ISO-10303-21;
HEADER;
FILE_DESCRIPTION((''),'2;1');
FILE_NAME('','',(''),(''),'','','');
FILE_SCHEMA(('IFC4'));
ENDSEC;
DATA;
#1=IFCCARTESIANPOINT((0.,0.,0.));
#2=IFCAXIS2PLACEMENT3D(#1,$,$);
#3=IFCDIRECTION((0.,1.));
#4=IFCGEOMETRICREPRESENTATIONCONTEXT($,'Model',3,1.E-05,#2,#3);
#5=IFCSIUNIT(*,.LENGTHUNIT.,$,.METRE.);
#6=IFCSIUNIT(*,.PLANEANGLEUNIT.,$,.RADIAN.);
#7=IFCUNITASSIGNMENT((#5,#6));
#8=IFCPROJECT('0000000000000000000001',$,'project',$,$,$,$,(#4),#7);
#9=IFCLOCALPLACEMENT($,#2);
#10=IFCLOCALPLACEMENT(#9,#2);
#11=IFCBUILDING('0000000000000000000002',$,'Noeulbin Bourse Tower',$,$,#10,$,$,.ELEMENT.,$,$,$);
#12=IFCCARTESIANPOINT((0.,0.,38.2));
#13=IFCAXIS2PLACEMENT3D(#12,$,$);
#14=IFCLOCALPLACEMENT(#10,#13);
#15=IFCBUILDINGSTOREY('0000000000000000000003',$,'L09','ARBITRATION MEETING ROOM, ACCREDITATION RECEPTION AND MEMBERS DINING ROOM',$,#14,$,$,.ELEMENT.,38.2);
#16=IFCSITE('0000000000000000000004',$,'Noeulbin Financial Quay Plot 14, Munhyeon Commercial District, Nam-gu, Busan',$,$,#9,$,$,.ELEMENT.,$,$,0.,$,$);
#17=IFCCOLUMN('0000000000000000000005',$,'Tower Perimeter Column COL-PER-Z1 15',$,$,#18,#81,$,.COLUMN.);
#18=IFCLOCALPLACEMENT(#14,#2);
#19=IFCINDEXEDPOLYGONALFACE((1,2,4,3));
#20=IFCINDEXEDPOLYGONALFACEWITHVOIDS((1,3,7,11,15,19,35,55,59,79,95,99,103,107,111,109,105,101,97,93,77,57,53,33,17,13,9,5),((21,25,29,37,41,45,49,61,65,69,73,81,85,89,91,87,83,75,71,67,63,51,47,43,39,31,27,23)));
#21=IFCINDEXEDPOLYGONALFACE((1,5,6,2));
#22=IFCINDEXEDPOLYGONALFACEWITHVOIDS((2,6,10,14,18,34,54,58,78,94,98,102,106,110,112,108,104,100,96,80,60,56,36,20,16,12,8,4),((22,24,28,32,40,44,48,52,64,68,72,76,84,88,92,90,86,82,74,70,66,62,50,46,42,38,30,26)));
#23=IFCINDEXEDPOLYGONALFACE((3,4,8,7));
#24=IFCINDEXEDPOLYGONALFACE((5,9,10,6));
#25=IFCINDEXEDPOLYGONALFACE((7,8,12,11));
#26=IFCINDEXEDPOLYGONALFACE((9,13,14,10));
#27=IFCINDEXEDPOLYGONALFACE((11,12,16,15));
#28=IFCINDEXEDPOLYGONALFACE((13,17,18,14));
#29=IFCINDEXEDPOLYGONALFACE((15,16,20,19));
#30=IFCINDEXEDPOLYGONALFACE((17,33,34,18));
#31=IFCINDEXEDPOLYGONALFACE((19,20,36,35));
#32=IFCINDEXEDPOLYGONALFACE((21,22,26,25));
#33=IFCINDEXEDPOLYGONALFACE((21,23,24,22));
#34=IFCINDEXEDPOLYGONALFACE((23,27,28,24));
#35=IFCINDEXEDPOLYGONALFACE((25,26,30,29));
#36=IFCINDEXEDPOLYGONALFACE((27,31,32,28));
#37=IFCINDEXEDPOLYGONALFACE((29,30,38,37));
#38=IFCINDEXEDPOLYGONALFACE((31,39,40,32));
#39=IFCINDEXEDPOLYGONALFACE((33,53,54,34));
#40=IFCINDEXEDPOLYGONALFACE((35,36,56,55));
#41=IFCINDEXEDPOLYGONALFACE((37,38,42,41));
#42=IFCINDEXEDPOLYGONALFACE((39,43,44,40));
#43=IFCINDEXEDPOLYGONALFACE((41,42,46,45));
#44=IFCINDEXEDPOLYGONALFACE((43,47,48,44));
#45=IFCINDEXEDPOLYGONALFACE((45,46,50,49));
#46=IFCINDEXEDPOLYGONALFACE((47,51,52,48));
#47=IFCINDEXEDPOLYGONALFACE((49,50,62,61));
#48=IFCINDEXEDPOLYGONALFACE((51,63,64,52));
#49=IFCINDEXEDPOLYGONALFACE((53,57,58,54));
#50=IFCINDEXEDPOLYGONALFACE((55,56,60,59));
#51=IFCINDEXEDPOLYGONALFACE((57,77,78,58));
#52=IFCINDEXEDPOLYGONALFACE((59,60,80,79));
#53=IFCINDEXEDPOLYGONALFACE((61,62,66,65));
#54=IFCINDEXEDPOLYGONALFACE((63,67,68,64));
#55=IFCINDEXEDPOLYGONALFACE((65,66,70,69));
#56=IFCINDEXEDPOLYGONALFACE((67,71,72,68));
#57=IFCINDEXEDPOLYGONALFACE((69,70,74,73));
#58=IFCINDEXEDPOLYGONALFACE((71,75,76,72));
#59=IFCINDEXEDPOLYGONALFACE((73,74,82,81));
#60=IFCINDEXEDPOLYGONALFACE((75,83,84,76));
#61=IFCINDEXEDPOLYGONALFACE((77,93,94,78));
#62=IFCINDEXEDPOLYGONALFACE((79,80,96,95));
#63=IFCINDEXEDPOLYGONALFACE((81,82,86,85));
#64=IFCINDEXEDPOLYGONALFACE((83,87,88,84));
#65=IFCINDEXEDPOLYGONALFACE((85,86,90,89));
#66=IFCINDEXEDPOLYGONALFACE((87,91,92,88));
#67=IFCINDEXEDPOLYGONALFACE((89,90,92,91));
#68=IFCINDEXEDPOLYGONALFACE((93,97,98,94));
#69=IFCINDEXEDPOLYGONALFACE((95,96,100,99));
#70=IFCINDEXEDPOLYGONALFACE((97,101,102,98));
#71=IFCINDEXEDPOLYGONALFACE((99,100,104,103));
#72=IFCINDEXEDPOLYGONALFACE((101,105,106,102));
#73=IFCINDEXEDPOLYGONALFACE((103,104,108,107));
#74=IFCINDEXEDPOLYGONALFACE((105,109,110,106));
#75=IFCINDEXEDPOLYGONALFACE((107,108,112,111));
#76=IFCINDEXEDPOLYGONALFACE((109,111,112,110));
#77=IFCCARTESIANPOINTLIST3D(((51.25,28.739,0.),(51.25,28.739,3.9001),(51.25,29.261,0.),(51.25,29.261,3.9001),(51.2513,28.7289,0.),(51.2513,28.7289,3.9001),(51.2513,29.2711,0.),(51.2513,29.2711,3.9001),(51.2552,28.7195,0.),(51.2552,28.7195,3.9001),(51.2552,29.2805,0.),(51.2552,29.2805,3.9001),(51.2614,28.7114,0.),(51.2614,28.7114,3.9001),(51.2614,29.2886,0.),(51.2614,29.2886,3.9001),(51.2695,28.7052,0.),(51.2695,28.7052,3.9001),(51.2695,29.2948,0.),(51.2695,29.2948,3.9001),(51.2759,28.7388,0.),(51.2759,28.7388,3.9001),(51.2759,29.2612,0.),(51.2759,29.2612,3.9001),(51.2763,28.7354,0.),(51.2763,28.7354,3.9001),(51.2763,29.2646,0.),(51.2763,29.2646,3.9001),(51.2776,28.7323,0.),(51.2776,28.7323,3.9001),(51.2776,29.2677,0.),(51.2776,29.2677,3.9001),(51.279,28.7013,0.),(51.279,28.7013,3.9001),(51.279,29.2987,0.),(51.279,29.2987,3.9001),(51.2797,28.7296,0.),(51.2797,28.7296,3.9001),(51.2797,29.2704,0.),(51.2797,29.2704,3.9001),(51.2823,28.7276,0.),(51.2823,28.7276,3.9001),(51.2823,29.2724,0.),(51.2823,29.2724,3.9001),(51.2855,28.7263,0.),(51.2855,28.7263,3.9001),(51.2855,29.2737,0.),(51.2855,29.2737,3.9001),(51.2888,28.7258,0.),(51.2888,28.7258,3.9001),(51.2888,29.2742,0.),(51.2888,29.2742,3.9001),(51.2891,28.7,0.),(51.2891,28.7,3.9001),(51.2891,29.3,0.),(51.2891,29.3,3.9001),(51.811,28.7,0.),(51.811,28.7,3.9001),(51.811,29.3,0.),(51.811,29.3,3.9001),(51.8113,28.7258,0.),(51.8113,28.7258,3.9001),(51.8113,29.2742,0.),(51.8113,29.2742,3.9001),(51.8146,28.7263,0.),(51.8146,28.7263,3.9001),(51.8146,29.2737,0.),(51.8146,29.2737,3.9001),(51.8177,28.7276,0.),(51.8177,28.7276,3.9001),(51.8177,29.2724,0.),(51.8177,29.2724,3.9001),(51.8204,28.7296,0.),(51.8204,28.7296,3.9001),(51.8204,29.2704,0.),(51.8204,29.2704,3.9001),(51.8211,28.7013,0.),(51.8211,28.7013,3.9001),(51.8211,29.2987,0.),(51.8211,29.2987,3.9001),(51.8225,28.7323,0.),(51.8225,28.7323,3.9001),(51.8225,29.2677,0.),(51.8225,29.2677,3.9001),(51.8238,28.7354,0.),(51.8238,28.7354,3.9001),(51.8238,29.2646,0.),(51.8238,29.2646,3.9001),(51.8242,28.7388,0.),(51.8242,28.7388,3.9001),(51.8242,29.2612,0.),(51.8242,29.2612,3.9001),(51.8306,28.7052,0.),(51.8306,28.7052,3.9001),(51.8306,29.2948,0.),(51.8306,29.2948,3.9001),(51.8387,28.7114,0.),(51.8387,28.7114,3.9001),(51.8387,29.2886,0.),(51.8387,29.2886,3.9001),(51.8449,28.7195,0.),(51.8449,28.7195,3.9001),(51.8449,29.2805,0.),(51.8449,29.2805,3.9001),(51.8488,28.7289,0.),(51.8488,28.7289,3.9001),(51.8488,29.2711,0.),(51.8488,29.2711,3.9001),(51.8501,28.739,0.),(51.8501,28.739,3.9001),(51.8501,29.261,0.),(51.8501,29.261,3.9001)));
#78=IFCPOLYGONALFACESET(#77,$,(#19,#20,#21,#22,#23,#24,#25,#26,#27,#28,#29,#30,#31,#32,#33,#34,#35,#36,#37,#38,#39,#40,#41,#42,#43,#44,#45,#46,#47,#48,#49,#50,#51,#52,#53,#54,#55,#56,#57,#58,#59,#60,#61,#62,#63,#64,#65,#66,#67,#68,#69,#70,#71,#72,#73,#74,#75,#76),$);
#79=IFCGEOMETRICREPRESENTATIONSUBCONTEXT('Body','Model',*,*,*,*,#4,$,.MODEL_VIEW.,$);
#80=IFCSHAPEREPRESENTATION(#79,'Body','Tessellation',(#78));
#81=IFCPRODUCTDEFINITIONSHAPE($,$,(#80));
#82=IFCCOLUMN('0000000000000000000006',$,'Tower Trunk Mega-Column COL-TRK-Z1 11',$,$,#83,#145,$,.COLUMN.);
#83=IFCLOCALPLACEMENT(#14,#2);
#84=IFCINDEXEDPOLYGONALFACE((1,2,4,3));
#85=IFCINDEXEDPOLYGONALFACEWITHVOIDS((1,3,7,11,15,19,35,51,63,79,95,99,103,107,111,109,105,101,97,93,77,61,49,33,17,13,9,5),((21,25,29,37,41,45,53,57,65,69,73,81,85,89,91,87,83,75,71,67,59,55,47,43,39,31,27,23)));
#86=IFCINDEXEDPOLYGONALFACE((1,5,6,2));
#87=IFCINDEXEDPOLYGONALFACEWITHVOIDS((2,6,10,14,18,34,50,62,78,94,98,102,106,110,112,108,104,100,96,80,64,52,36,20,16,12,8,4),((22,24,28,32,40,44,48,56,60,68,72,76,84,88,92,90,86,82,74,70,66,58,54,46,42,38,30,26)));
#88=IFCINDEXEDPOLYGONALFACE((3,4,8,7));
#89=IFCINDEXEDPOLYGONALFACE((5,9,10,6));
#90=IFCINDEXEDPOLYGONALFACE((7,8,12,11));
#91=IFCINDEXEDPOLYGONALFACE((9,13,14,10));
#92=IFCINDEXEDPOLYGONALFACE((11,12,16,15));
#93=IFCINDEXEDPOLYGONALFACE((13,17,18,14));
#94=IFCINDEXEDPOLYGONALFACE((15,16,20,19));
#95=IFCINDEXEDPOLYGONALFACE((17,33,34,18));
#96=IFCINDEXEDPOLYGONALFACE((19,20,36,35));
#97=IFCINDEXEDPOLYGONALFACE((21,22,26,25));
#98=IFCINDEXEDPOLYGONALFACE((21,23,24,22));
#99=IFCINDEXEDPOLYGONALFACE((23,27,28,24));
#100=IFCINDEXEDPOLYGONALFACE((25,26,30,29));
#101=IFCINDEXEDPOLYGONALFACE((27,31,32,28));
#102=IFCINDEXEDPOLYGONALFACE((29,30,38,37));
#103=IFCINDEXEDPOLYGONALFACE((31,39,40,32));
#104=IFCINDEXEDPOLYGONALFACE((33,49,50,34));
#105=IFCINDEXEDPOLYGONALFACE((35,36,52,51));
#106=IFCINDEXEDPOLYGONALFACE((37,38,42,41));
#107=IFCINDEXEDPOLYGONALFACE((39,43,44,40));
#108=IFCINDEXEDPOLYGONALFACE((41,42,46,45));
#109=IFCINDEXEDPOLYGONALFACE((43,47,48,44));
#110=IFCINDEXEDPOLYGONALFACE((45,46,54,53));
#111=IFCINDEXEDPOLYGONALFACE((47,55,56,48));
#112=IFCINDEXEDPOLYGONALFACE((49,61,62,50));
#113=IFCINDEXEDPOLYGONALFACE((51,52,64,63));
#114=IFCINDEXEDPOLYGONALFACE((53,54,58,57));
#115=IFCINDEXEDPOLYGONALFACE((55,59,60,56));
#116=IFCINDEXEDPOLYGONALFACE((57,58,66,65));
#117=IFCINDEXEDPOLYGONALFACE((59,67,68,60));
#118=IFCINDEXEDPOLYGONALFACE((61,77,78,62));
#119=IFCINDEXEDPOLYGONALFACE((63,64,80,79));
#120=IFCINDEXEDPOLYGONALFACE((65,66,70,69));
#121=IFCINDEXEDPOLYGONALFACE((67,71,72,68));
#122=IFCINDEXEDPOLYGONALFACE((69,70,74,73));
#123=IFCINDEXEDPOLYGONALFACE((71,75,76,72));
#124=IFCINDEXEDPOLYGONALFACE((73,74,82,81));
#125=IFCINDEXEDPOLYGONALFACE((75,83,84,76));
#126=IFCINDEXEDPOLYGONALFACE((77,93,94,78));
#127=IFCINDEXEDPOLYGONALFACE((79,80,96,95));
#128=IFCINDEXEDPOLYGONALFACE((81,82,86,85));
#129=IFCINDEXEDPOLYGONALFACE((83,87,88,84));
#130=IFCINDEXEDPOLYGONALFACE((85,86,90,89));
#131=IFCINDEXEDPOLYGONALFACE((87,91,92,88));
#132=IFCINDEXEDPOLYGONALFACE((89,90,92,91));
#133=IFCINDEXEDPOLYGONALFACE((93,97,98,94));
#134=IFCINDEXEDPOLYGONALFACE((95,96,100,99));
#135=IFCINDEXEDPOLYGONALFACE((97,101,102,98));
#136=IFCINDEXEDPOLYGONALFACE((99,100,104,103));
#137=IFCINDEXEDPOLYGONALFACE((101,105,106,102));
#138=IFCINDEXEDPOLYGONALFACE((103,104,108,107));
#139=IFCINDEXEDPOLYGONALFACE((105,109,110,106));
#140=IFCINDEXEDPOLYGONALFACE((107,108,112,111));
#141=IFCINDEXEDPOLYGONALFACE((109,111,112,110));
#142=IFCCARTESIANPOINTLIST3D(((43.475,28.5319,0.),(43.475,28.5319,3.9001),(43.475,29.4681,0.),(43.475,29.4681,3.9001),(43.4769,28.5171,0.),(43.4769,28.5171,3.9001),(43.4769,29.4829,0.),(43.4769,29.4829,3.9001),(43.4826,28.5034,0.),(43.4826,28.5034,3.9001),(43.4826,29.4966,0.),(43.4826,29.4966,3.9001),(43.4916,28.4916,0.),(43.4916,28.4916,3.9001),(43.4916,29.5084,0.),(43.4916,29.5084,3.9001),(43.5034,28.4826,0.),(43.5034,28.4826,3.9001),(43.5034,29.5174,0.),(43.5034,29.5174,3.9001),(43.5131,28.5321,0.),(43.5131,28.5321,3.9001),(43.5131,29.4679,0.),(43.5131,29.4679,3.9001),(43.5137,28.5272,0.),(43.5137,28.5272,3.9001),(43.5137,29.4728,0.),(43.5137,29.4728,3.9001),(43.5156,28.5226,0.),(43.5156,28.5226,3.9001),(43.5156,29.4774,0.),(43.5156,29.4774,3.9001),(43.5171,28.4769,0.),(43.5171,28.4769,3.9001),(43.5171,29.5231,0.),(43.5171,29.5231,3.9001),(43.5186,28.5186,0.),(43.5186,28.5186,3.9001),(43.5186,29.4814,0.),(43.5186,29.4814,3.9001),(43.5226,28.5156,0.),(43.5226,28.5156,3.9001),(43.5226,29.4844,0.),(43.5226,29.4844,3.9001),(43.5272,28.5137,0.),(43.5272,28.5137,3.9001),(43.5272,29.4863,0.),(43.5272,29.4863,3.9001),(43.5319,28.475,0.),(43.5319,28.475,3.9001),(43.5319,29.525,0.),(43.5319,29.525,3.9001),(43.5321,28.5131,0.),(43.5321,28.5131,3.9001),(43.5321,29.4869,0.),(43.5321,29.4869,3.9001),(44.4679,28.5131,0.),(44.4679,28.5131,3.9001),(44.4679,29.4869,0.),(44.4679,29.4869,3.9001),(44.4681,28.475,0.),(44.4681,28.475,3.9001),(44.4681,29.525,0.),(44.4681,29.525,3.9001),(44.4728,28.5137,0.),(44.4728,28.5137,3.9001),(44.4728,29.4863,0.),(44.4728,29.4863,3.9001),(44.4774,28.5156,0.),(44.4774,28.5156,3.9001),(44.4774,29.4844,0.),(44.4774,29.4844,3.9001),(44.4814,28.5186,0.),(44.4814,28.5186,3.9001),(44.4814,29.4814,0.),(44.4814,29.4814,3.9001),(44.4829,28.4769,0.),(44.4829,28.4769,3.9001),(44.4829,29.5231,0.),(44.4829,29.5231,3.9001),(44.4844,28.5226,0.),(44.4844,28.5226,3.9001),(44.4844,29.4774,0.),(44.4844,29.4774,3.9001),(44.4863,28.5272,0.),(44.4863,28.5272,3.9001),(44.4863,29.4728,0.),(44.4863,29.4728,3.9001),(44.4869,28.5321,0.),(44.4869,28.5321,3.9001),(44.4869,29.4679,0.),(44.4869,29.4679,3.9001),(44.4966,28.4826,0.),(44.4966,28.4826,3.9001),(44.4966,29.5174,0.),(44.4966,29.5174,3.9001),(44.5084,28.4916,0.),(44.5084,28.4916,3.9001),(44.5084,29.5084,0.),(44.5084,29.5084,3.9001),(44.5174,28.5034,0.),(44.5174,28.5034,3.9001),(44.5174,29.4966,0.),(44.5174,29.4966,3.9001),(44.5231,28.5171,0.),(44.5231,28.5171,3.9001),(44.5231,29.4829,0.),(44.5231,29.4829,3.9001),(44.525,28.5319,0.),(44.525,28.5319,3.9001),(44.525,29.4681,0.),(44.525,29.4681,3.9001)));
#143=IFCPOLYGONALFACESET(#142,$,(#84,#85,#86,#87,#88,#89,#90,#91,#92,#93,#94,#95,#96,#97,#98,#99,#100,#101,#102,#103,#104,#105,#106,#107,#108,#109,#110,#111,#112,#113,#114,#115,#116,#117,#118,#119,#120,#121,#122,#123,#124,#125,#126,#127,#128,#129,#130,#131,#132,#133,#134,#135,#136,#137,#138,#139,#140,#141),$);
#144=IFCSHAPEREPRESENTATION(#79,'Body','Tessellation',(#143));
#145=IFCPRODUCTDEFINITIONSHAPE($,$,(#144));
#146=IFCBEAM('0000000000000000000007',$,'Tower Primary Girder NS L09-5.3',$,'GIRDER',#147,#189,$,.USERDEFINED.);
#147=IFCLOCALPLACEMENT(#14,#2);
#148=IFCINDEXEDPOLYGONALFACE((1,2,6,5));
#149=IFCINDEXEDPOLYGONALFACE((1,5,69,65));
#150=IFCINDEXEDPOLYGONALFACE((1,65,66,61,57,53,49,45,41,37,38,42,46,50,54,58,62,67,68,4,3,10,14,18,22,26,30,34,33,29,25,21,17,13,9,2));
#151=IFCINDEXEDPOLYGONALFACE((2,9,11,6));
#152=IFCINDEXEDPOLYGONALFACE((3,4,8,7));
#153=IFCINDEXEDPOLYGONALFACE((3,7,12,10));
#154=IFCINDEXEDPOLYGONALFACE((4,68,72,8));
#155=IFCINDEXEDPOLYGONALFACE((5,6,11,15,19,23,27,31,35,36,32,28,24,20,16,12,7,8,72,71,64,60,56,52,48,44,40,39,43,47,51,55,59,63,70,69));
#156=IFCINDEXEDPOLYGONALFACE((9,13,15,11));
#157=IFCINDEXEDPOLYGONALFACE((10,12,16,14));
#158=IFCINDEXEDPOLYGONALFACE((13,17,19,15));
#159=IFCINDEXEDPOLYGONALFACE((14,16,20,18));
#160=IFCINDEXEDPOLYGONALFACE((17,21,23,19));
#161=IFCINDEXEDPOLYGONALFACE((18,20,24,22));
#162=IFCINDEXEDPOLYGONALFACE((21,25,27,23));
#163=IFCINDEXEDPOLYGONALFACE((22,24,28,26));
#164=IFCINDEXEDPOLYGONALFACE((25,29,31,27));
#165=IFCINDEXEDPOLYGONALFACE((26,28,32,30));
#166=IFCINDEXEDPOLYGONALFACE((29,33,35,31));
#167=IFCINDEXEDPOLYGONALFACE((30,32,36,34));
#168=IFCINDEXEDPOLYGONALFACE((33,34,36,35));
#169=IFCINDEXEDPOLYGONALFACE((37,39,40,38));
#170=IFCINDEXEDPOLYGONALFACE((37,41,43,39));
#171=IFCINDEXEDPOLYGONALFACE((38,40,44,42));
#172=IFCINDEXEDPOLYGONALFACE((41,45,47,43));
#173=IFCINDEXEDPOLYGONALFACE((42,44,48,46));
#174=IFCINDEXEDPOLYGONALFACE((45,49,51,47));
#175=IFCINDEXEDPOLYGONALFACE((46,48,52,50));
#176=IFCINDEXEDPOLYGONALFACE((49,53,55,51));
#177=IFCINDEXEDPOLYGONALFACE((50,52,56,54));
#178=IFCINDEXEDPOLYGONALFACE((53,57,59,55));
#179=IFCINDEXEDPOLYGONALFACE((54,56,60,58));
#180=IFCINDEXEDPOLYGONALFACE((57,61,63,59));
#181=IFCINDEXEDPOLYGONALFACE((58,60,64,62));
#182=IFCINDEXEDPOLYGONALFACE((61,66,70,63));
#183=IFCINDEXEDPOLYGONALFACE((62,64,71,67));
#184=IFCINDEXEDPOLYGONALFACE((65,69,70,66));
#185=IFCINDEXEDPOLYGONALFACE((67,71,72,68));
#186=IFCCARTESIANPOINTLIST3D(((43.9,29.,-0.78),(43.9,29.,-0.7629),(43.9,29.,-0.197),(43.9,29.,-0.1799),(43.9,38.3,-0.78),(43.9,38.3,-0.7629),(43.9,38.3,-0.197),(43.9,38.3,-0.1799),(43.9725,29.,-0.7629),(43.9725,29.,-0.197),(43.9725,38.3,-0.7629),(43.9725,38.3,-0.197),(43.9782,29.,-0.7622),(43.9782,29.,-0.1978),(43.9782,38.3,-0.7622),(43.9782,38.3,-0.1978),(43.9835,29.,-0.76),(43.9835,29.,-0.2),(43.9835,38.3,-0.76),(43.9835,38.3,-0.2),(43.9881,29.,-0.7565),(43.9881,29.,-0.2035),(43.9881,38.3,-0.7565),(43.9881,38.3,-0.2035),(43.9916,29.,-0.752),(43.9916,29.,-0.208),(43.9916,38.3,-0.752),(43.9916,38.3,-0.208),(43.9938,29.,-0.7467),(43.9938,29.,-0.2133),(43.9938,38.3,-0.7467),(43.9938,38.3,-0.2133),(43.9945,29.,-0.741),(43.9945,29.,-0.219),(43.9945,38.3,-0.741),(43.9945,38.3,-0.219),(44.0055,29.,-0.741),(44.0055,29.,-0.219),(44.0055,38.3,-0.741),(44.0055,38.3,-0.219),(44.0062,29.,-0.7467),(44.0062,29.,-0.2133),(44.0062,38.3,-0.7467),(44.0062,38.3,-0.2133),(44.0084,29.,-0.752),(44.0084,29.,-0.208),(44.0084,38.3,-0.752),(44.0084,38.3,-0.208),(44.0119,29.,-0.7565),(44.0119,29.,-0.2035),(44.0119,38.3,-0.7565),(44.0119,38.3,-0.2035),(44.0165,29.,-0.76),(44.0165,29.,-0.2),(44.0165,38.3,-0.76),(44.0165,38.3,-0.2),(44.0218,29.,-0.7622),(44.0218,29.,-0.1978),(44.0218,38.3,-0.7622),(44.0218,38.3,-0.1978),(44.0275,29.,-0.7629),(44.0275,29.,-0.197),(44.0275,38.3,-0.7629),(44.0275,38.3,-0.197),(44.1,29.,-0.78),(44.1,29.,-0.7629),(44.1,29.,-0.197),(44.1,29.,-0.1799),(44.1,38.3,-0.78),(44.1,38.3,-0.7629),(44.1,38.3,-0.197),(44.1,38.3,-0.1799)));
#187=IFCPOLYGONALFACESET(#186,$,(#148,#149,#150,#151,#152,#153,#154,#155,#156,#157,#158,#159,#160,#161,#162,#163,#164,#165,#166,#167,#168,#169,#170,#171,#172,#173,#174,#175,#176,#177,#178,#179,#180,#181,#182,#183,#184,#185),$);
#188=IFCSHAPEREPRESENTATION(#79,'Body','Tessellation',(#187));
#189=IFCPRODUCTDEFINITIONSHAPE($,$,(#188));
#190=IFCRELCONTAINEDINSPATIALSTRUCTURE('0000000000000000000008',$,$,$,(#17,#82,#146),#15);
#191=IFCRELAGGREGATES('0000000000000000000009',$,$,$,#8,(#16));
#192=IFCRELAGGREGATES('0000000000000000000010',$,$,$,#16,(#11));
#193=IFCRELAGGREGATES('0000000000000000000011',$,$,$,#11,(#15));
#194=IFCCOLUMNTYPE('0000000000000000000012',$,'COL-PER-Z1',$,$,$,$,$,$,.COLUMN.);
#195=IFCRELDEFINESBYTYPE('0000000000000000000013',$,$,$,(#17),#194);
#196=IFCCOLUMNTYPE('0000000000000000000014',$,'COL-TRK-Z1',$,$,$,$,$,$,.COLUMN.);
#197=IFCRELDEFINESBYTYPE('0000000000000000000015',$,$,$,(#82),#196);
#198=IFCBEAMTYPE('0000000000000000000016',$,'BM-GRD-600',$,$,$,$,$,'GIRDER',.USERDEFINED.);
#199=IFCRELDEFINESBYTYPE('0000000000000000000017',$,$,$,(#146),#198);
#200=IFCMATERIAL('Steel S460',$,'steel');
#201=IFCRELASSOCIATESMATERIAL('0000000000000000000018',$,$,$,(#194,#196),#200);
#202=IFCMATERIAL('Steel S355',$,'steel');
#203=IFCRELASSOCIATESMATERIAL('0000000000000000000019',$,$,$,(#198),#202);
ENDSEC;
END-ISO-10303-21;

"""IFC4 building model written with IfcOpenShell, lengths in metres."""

from ifc_helpers import new_model, si_unit, direction, frame, origin, origin_2d, place, context, subcontext, project, spatial, hollow_rectangle, i_section, extrude, material, material_profile, profile_set, type_object, element, save


model = new_model("IFC4")

# Units and contexts
model_context = context("Model", 3, precision=1e-05, world=origin(), true_north=direction((0.0, 1.0)))
body_context = subcontext(model_context, "Body", "Model", "MODEL_VIEW")
ifc_project = project(units=[si_unit("LENGTHUNIT", "METRE"), si_unit("PLANEANGLEUNIT", "RADIAN")], contexts=[model_context])

# Site, building, storey
site_placement = place(None, origin())
site = spatial("IfcSite", under=ifc_project, at=site_placement, Name="Noeulbin Financial Quay Plot 14, Munhyeon Commercial District, Nam-gu, Busan", CompositionType="ELEMENT", RefElevation=0.0)
building_placement = place(site_placement, origin())
building = spatial("IfcBuilding", under=site, at=building_placement, Name="Noeulbin Bourse Tower", CompositionType="ELEMENT")
storey_placement = place(building_placement, frame((0.0, 0.0, 38.2)))
storey = spatial("IfcBuildingStorey", under=building, at=storey_placement, Name="L09", Description="ARBITRATION MEETING ROOM, ACCREDITATION RECEPTION AND MEMBERS DINING ROOM", CompositionType="ELEMENT", Elevation=38.2)

# Columns
ifc_material_1 = material(Name="Steel S460", Category="steel")
ifc_material_profile_1 = material_profile(ifc_material_1, hollow_rectangle(XDim=0.6001, YDim=0.6001, WallThickness=0.0259, InnerFilletRadius=0.0129, OuterFilletRadius=0.0391, at=origin_2d()), Name="BOX-600x600x26", Category="LoadBearing")
ifc_profile_set_1 = profile_set([ifc_material_profile_1], Name="Steel S460")
column_type_1 = type_object("IfcColumnType", Name="COL-PER-Z1", PredefinedType="COLUMN", material=ifc_profile_set_1)
column_1_placement = place(storey_placement, frame((51.55, 29.0, 0.0), z_axis=(0.0, 0.0, 1.0), x_axis=(1.0, 0.0, 0.0)))
element("IfcColumn", 1, at=column_1_placement, inside=storey, type_object=column_type_1, Name="Tower Perimeter Column COL-PER-Z1 15", PredefinedType="COLUMN", context=body_context, shape_type="SweptSolid", body=[
    extrude(hollow_rectangle(XDim=0.6001, YDim=0.6001, WallThickness=0.0259, InnerFilletRadius=0.0129, OuterFilletRadius=0.0391, at=origin_2d()), origin(), (0.0, 0.0, 1.0), 3.9001),
])
ifc_material_profile_2 = material_profile(ifc_material_1, hollow_rectangle(XDim=1.05, YDim=1.05, WallThickness=0.0381, InnerFilletRadius=0.019, OuterFilletRadius=0.0569, at=origin_2d()), Name="BOX-1050x1050x38", Category="LoadBearing")
ifc_profile_set_2 = profile_set([ifc_material_profile_2], Name="Steel S460")
column_type_2 = type_object("IfcColumnType", Name="COL-TRK-Z1", PredefinedType="COLUMN", material=ifc_profile_set_2)
column_2_placement = place(storey_placement, frame((44.0, 29.0, 0.0), z_axis=(0.0, 0.0, 1.0), x_axis=(1.0, 0.0, 0.0)))
element("IfcColumn", 2, at=column_2_placement, inside=storey, type_object=column_type_2, Name="Tower Trunk Mega-Column COL-TRK-Z1 11", PredefinedType="COLUMN", context=body_context, shape_type="SweptSolid", body=[
    extrude(hollow_rectangle(XDim=1.05, YDim=1.05, WallThickness=0.0381, InnerFilletRadius=0.019, OuterFilletRadius=0.0569, at=origin_2d()), origin(), (0.0, 0.0, 1.0), 3.9001),
])

# Beam
ifc_material_2 = material(Name="Steel S355", Category="steel")
ifc_material_profile_3 = material_profile(ifc_material_2, i_section(OverallWidth=0.2, OverallDepth=0.6001, WebThickness=0.011, FlangeThickness=0.0171, FilletRadius=0.022, at=origin_2d()), Name="H-600x200x11x17", Category="LoadBearing")
ifc_profile_set_3 = profile_set([ifc_material_profile_3], Name="Steel S355")
beam_type_1 = type_object("IfcBeamType", Name="BM-GRD-600", ElementType="GIRDER", PredefinedType="USERDEFINED", material=ifc_profile_set_3)
beam_1_placement = place(storey_placement, frame((44.0, 29.0, -0.48), z_axis=(0.0, 1.0, 0.0), x_axis=(-1.0, 0.0, 0.0)))
element("IfcBeam", 3, at=beam_1_placement, inside=storey, type_object=beam_type_1, Name="Tower Primary Girder NS L09-5.3", ObjectType="GIRDER", PredefinedType="USERDEFINED", context=body_context, shape_type="SweptSolid", body=[
    extrude(i_section(OverallWidth=0.2, OverallDepth=0.6001, WebThickness=0.011, FlangeThickness=0.0171, FilletRadius=0.022, at=origin_2d()), origin(), (0.0, 0.0, 1.0), 9.3),
])

save(model, "model.ifc")
